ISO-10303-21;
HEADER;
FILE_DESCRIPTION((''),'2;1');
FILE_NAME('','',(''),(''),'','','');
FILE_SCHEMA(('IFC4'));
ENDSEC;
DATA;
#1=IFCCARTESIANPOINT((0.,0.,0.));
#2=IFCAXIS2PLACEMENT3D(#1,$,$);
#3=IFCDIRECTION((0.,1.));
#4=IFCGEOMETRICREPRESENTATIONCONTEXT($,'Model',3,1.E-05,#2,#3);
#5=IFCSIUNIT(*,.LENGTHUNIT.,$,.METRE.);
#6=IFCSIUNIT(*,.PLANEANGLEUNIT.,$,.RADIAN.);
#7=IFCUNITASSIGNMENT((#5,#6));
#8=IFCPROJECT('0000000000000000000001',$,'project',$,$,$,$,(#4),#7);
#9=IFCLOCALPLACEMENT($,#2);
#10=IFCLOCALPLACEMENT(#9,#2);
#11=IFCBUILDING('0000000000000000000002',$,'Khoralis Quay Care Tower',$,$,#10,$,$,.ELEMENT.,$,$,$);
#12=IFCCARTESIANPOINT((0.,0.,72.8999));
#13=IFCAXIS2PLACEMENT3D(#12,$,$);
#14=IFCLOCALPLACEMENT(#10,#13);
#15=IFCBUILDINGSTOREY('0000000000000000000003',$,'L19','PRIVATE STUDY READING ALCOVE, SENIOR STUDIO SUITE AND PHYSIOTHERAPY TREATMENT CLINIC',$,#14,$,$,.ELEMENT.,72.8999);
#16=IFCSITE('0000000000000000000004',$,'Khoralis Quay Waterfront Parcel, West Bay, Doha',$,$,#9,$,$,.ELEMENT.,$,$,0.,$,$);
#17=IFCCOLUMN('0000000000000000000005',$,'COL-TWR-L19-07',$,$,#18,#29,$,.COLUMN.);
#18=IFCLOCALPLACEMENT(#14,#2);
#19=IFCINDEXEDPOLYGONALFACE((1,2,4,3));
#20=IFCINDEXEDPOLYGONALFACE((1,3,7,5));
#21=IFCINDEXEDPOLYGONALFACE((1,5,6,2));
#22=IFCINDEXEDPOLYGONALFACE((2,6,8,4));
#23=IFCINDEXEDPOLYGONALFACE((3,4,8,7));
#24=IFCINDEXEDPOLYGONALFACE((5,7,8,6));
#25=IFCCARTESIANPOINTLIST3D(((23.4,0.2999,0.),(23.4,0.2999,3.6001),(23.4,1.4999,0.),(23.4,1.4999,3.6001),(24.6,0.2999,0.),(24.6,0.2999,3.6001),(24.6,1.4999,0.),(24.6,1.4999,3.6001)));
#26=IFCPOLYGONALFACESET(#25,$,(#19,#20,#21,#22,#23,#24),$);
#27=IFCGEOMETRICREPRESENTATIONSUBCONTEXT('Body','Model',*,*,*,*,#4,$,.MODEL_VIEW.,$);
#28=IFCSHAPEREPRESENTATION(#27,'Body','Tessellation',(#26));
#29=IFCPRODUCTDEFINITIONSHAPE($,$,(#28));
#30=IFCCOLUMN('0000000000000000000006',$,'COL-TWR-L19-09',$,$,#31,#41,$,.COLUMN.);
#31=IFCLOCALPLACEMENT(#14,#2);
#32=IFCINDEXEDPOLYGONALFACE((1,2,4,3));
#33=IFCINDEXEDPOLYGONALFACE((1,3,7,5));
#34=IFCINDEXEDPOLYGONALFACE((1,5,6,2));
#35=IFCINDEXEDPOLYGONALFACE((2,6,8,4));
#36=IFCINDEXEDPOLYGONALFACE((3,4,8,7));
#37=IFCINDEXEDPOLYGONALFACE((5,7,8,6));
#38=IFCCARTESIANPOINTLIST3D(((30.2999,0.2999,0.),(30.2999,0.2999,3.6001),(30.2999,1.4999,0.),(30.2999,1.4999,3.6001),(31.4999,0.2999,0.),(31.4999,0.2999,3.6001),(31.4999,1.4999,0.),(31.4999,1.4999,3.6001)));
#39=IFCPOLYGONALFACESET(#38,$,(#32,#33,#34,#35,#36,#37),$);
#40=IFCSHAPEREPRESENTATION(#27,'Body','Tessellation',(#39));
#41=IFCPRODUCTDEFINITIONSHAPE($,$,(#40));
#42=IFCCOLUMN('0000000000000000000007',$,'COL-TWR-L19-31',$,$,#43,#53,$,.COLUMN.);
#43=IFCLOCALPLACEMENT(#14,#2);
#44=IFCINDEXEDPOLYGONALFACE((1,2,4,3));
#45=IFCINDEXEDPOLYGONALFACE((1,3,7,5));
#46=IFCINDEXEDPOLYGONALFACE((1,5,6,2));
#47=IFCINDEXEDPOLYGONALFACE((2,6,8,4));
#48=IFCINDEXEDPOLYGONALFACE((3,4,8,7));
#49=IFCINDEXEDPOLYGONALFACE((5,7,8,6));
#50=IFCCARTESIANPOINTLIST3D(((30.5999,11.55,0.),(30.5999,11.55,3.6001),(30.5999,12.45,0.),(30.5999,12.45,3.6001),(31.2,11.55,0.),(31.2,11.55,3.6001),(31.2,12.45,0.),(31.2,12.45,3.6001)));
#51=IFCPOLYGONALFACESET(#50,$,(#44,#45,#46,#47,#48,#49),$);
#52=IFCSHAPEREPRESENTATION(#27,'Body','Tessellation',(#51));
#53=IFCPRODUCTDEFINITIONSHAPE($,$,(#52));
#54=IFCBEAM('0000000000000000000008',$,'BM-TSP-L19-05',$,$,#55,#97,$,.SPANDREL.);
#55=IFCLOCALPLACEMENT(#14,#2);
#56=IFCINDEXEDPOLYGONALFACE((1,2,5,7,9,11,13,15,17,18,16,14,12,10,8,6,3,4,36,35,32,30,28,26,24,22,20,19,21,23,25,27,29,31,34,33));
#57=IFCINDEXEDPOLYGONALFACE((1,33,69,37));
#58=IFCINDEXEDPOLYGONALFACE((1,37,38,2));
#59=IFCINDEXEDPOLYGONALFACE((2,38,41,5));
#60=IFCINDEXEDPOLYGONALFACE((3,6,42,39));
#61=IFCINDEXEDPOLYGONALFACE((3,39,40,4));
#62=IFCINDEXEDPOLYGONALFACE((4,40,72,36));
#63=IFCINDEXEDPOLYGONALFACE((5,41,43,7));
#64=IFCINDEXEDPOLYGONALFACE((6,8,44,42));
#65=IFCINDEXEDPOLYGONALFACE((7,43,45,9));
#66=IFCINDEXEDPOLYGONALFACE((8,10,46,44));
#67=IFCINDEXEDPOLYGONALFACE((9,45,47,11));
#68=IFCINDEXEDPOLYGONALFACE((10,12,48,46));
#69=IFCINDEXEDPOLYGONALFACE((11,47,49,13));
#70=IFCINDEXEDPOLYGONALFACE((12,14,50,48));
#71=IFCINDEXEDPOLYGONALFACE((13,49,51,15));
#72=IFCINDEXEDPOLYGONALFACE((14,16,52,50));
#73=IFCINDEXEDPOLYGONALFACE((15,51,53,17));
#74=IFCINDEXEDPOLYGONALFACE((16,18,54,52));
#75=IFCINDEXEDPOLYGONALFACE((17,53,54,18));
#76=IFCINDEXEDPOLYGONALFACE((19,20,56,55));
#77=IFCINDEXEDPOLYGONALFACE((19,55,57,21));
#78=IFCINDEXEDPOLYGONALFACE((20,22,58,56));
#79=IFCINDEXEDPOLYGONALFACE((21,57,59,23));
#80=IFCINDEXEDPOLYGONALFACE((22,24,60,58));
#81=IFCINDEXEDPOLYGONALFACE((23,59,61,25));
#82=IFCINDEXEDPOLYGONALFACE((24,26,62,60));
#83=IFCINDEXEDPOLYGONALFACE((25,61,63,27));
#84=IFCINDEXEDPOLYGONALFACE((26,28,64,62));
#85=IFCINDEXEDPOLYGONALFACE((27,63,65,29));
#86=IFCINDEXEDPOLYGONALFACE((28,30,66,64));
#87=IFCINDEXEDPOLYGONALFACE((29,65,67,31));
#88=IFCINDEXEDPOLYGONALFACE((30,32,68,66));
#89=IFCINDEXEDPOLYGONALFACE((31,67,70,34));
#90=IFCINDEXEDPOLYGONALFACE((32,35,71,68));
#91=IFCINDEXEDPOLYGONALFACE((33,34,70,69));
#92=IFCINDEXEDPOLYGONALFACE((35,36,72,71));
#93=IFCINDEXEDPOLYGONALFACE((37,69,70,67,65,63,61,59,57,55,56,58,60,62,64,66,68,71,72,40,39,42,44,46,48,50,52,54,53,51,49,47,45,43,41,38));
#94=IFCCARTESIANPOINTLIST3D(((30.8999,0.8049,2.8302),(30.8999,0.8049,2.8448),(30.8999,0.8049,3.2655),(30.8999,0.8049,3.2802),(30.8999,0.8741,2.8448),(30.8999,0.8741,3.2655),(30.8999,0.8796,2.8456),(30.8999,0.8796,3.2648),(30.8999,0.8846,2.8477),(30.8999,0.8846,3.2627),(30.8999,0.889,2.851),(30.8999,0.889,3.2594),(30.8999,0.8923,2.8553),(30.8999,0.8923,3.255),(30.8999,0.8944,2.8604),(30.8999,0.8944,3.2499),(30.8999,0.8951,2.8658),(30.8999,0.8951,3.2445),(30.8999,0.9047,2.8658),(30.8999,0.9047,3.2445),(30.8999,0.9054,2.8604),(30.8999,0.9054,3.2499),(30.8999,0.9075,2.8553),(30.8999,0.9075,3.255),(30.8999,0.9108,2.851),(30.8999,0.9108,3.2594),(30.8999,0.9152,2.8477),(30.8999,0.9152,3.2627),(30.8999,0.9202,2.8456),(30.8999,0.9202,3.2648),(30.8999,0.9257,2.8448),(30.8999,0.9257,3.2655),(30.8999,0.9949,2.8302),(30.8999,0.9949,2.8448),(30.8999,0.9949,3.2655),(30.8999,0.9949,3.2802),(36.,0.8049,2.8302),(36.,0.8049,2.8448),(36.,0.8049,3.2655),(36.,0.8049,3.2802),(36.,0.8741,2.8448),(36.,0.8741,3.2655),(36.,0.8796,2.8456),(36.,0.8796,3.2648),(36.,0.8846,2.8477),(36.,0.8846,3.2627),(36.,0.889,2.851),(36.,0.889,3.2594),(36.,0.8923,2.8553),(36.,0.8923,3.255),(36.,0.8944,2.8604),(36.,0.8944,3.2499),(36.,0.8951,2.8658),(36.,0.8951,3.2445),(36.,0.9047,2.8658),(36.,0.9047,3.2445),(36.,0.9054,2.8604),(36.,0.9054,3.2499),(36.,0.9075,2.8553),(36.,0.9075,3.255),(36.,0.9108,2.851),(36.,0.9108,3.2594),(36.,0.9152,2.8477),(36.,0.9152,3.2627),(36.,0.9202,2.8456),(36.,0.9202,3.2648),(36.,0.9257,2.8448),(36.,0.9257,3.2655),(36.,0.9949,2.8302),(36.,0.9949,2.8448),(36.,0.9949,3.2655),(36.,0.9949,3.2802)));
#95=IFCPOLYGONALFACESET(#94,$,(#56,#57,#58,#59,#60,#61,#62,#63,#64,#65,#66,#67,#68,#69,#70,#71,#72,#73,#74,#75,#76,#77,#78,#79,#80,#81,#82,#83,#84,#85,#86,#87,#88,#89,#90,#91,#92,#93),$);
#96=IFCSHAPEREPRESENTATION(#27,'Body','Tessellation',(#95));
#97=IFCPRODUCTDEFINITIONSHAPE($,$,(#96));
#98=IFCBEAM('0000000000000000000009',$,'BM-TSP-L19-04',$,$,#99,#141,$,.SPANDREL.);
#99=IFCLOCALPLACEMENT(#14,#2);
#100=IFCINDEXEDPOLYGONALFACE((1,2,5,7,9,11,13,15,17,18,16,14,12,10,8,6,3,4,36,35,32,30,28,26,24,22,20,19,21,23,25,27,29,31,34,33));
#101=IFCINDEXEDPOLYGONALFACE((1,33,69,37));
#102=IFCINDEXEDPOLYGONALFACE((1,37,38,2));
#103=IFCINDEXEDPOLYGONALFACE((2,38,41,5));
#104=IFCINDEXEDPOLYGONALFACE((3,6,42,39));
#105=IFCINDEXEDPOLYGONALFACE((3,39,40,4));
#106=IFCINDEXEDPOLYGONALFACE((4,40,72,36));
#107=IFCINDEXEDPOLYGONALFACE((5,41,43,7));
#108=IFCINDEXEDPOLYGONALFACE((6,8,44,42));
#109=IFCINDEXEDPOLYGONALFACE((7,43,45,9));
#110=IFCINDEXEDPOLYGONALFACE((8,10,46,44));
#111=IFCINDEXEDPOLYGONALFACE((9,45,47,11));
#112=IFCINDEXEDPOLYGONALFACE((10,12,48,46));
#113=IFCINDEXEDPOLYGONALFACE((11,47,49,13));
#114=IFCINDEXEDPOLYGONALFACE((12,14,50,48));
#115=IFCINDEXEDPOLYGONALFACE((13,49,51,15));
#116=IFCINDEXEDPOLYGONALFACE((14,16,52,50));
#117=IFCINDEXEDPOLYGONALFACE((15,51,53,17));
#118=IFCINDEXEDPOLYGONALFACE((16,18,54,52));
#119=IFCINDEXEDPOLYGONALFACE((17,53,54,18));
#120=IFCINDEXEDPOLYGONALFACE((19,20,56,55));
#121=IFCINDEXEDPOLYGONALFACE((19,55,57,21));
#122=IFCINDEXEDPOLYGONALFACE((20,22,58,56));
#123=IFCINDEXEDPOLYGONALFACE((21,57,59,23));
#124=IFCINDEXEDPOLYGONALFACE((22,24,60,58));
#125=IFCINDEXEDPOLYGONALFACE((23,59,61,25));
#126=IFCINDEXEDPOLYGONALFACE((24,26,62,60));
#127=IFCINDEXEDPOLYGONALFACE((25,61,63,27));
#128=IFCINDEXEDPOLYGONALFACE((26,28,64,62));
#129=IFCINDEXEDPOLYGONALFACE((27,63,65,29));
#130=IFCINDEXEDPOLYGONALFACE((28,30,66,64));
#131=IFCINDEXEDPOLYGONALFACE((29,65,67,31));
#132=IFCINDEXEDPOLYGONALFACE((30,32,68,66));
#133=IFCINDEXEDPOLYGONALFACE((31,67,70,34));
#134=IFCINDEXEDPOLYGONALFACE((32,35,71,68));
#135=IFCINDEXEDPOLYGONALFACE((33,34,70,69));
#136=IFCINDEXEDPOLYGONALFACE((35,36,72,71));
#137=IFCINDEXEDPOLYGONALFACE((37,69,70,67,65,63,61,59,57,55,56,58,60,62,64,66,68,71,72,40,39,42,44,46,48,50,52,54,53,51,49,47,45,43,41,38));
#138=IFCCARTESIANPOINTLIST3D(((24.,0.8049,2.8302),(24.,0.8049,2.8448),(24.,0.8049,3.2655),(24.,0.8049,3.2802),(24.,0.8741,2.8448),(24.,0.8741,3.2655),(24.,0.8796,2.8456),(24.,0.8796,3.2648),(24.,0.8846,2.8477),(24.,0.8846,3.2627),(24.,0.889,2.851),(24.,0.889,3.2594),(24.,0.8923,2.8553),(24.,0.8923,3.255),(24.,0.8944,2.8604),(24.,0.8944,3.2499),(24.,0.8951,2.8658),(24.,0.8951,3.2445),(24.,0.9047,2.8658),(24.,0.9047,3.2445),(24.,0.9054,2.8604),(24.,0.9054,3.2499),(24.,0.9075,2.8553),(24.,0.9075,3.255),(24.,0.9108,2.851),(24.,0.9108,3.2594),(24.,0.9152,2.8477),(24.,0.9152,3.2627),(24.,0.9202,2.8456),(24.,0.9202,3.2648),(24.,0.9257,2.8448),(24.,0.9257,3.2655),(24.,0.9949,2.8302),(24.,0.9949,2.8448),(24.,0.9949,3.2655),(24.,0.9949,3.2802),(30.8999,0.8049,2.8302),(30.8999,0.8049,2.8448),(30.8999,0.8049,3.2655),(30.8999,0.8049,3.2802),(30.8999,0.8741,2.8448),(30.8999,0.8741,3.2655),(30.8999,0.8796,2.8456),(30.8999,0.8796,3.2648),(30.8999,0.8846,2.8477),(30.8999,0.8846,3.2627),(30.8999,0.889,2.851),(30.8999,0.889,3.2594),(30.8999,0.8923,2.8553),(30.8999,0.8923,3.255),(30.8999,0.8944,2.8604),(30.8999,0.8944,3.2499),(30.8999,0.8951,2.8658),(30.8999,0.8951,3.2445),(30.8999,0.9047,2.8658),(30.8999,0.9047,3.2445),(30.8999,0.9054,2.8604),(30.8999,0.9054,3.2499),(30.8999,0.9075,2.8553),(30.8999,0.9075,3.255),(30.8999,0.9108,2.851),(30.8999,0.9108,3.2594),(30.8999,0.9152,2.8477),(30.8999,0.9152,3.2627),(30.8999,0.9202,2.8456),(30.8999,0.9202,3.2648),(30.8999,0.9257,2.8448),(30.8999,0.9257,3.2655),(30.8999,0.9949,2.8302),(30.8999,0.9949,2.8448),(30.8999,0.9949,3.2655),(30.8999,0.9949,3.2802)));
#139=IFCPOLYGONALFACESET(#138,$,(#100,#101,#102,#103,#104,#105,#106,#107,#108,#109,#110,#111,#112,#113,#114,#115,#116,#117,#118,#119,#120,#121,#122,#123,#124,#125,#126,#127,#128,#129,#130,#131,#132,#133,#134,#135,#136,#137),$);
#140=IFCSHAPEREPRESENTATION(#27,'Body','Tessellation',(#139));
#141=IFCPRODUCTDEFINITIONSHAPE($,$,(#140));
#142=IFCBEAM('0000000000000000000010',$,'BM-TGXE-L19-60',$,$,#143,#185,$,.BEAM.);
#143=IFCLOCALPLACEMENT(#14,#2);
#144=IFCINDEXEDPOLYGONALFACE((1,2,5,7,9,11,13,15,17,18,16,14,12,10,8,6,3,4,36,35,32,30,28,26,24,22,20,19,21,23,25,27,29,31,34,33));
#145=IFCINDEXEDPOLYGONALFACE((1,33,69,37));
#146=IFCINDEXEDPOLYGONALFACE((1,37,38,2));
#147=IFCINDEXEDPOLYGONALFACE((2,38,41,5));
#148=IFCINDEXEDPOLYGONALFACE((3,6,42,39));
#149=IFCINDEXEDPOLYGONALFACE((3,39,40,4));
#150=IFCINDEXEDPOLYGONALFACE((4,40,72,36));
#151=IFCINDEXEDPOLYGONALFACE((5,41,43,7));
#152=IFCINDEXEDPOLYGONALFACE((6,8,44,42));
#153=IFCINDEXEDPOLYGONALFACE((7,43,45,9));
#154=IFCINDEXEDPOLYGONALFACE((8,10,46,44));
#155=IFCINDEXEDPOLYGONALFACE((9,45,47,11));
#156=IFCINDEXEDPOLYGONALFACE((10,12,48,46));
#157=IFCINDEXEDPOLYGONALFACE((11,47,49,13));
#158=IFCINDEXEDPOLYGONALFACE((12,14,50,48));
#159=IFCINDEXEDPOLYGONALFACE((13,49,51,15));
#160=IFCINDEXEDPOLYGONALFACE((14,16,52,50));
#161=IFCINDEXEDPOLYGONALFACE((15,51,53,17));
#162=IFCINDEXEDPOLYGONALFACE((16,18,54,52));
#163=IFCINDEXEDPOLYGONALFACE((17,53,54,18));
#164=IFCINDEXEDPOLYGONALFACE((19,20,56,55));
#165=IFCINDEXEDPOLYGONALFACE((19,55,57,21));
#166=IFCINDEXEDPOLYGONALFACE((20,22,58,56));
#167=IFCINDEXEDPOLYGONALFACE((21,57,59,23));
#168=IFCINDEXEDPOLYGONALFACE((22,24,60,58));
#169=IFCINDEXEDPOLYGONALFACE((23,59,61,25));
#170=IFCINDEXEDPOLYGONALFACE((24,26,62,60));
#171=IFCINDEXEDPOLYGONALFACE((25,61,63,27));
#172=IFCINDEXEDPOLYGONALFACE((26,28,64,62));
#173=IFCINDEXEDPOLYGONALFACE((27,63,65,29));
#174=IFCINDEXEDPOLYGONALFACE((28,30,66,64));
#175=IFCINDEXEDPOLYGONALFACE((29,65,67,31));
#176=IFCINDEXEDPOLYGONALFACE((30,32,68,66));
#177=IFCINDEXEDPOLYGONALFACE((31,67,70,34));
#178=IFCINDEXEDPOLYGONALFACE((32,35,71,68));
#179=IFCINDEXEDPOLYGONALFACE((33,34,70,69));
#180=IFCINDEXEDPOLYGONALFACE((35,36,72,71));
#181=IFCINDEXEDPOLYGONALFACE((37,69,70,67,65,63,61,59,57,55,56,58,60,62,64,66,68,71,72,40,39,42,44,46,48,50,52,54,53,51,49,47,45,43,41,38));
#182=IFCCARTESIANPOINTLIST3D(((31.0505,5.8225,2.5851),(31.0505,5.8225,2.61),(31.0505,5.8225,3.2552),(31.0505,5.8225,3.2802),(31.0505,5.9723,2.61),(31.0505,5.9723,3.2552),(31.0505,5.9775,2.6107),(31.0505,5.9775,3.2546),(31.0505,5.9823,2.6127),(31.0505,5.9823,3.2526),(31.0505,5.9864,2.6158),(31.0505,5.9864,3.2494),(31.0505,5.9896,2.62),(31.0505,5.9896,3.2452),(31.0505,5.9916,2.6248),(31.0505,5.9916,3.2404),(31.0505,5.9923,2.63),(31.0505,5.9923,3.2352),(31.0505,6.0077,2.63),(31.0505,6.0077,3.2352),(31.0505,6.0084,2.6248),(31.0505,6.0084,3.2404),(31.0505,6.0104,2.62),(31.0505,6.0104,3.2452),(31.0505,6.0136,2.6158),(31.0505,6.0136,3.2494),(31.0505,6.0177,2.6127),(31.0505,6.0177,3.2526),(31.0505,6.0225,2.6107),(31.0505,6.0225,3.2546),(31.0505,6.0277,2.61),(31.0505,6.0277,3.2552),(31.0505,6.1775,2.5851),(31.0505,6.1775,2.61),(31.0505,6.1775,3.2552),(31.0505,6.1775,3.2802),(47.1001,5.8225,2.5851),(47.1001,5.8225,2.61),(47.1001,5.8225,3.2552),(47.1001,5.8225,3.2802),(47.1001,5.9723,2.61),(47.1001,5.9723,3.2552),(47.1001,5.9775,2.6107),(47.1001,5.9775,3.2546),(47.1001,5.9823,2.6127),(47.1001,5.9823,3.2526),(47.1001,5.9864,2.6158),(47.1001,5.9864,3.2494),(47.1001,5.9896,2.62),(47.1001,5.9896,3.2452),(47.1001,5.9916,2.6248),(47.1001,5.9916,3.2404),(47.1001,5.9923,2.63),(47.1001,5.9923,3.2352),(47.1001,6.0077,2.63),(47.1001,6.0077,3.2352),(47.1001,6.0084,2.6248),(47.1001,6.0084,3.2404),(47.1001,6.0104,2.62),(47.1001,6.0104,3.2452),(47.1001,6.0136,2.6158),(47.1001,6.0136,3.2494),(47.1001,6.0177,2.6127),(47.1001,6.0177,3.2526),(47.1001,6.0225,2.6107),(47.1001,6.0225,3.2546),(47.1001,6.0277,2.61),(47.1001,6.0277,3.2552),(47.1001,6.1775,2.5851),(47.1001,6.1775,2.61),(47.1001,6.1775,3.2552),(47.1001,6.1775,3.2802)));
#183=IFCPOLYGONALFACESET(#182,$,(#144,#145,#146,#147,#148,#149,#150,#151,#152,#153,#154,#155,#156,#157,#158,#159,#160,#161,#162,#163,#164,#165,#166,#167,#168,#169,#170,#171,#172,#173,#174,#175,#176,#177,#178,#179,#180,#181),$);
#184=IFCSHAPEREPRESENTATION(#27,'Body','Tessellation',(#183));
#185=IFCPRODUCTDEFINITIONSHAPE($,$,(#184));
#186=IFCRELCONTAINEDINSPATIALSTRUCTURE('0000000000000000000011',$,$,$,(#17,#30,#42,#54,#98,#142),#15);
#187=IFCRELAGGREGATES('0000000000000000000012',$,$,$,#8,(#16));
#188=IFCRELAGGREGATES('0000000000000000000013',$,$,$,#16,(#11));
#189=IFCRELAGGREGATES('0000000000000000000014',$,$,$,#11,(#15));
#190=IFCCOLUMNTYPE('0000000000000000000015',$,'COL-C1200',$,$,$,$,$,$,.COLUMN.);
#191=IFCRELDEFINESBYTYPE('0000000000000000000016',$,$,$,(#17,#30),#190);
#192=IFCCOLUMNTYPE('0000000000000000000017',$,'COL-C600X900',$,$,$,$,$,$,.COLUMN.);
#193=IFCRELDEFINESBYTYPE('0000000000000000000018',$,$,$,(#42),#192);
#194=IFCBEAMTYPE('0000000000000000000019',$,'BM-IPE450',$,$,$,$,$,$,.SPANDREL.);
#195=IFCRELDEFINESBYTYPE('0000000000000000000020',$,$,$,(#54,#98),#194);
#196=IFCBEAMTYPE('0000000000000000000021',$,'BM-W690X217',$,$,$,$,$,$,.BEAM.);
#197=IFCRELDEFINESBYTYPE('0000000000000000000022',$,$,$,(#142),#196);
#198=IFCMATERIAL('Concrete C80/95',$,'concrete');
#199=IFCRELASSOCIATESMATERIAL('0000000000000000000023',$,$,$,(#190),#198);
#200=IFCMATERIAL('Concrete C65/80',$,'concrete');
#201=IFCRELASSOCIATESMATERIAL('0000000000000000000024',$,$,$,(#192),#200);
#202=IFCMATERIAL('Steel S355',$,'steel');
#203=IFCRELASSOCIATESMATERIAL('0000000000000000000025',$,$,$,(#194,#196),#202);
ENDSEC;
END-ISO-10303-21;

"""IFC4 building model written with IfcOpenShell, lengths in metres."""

from ifc_helpers import new_model, si_unit, direction, frame, origin, origin_2d, place, context, subcontext, project, spatial, rectangle, i_section, extrude, source, transform, mapped, material, material_profile, profile_set, type_object, element, save


model = new_model("IFC4")

# Units and contexts
model_context = context("Model", 3, precision=1e-05, world=origin(), true_north=direction((0.0, 1.0)))
body_context = subcontext(model_context, "Body", "Model", "MODEL_VIEW")
ifc_project = project(units=[si_unit("LENGTHUNIT", "METRE"), si_unit("PLANEANGLEUNIT", "RADIAN")], contexts=[model_context])

# Site, building, storey
site_placement = place(None, origin())
site = spatial("IfcSite", under=ifc_project, at=site_placement, Name="Khoralis Quay Waterfront Parcel, West Bay, Doha", CompositionType="ELEMENT", RefElevation=0.0)
building_placement = place(site_placement, origin())
building = spatial("IfcBuilding", under=site, at=building_placement, Name="Khoralis Quay Care Tower", CompositionType="ELEMENT")
storey_placement = place(building_placement, frame((0.0, 0.0, 72.8999)))
storey = spatial("IfcBuildingStorey", under=building, at=storey_placement, Name="L19", Description="PRIVATE STUDY READING ALCOVE, SENIOR STUDIO SUITE AND PHYSIOTHERAPY TREATMENT CLINIC", CompositionType="ELEMENT", Elevation=72.8999)

# Columns
ifc_material_1 = material(Name="Concrete C80/95", Category="concrete")
ifc_material_profile_1 = material_profile(ifc_material_1, rectangle(XDim=1.2, YDim=1.2, at=origin_2d()), Name="Concrete C80/95")
ifc_profile_set_1 = profile_set([ifc_material_profile_1], Name="Concrete C80/95")
column_type_1 = type_object("IfcColumnType", Name="COL-C1200", PredefinedType="COLUMN", material=ifc_profile_set_1)
shared_shape_1 = source(origin(), body_context, "Body", "SweptSolid", [
    extrude(rectangle(XDim=1.2, YDim=1.2, at=origin_2d()), origin(), (0.0, 0.0, 1.0), 3.6001),
])
for number, where, z_axis, x_axis, name in (
    (1, (24.0, 0.8999, 0.0), (0.0, 0.0, 1.0), (1.0, 0.0, 0.0), "COL-TWR-L19-07"),
    (2, (30.8999, 0.8999, 0.0), (0.0, 0.0, 1.0), (1.0, 0.0, 0.0), "COL-TWR-L19-09"),
):
    element("IfcColumn", number, at=place(storey_placement, frame(where, z_axis=z_axis, x_axis=x_axis)), inside=storey, type_object=column_type_1, Name=name, PredefinedType="COLUMN", context=body_context, shape_type="MappedRepresentation", body=[
        mapped(shared_shape_1, transform((0.0, 0.0, 0.0), scale=1.0)),
    ])
ifc_material_2 = material(Name="Concrete C65/80", Category="concrete")
ifc_material_profile_2 = material_profile(ifc_material_2, rectangle(XDim=0.6001, YDim=0.8999, at=origin_2d()), Name="Concrete C65/80")
ifc_profile_set_2 = profile_set([ifc_material_profile_2], Name="Concrete C65/80")
column_type_2 = type_object("IfcColumnType", Name="COL-C600X900", PredefinedType="COLUMN", material=ifc_profile_set_2)
shared_shape_2 = source(origin(), body_context, "Body", "SweptSolid", [
    extrude(rectangle(XDim=0.6001, YDim=0.8999, at=origin_2d()), origin(), (0.0, 0.0, 1.0), 3.6001),
])
column_placement = place(storey_placement, frame((30.8999, 12.0, 0.0), z_axis=(0.0, 0.0, 1.0), x_axis=(1.0, 0.0, 0.0)))
element("IfcColumn", 3, at=column_placement, inside=storey, type_object=column_type_2, Name="COL-TWR-L19-31", PredefinedType="COLUMN", context=body_context, shape_type="MappedRepresentation", body=[
    mapped(shared_shape_2, transform((0.0, 0.0, 0.0), scale=1.0)),
])

# Beams
ifc_material_3 = material(Name="Steel S355", Category="steel")
ifc_material_profile_3 = material_profile(ifc_material_3, i_section(OverallWidth=0.1899, OverallDepth=0.45, WebThickness=0.0095, FlangeThickness=0.0146, FilletRadius=0.021, at=origin_2d()), Name="Steel S355")
ifc_profile_set_3 = profile_set([ifc_material_profile_3], Name="Steel S355")
beam_type_1 = type_object("IfcBeamType", Name="BM-IPE450", PredefinedType="SPANDREL", material=ifc_profile_set_3)
shared_shape_3 = source(origin(), body_context, "Body", "SweptSolid", [
    extrude(i_section(OverallWidth=0.1899, OverallDepth=0.45, WebThickness=0.0095, FlangeThickness=0.0146, FilletRadius=0.021, at=origin_2d()), origin(), (0.0, 0.0, 1.0), 5.1001),
])
beam_1_placement = place(storey_placement, frame((30.8999, 0.8999, 3.0552), z_axis=(1.0, 0.0, 0.0), x_axis=(0.0, 1.0, 0.0)))
element("IfcBeam", 4, at=beam_1_placement, inside=storey, type_object=beam_type_1, Name="BM-TSP-L19-05", PredefinedType="SPANDREL", context=body_context, shape_type="MappedRepresentation", body=[
    mapped(shared_shape_3, transform((0.0, 0.0, 0.0), scale=1.0)),
])
shared_shape_4 = source(origin(), body_context, "Body", "SweptSolid", [
    extrude(i_section(OverallWidth=0.1899, OverallDepth=0.45, WebThickness=0.0095, FlangeThickness=0.0146, FilletRadius=0.021, at=origin_2d()), origin(), (0.0, 0.0, 1.0), 6.8999),
])
beam_2_placement = place(storey_placement, frame((24.0, 0.8999, 3.0552), z_axis=(1.0, 0.0, 0.0), x_axis=(0.0, 1.0, 0.0)))
element("IfcBeam", 5, at=beam_2_placement, inside=storey, type_object=beam_type_1, Name="BM-TSP-L19-04", PredefinedType="SPANDREL", context=body_context, shape_type="MappedRepresentation", body=[
    mapped(shared_shape_4, transform((0.0, 0.0, 0.0), scale=1.0)),
])
ifc_material_profile_4 = material_profile(ifc_material_3, i_section(OverallWidth=0.355, OverallDepth=0.6951, WebThickness=0.0154, FlangeThickness=0.0249, FilletRadius=0.02, at=origin_2d()), Name="Steel S355")
ifc_profile_set_4 = profile_set([ifc_material_profile_4], Name="Steel S355")
beam_type_2 = type_object("IfcBeamType", Name="BM-W690X217", PredefinedType="BEAM", material=ifc_profile_set_4)
shared_shape_5 = source(origin(), body_context, "Body", "SweptSolid", [
    extrude(i_section(OverallWidth=0.355, OverallDepth=0.6951, WebThickness=0.0154, FlangeThickness=0.0249, FilletRadius=0.02, at=origin_2d()), origin(), (0.0, 0.0, 1.0), 16.0496),
])
beam_3_placement = place(storey_placement, frame((31.0505, 6.0, 2.9326), z_axis=(1.0, 0.0, 0.0), x_axis=(0.0, 1.0, 0.0)))
element("IfcBeam", 6, at=beam_3_placement, inside=storey, type_object=beam_type_2, Name="BM-TGXE-L19-60", PredefinedType="BEAM", context=body_context, shape_type="MappedRepresentation", body=[
    mapped(shared_shape_5, transform((0.0, 0.0, 0.0), scale=1.0)),
])

save(model, "model.ifc")
